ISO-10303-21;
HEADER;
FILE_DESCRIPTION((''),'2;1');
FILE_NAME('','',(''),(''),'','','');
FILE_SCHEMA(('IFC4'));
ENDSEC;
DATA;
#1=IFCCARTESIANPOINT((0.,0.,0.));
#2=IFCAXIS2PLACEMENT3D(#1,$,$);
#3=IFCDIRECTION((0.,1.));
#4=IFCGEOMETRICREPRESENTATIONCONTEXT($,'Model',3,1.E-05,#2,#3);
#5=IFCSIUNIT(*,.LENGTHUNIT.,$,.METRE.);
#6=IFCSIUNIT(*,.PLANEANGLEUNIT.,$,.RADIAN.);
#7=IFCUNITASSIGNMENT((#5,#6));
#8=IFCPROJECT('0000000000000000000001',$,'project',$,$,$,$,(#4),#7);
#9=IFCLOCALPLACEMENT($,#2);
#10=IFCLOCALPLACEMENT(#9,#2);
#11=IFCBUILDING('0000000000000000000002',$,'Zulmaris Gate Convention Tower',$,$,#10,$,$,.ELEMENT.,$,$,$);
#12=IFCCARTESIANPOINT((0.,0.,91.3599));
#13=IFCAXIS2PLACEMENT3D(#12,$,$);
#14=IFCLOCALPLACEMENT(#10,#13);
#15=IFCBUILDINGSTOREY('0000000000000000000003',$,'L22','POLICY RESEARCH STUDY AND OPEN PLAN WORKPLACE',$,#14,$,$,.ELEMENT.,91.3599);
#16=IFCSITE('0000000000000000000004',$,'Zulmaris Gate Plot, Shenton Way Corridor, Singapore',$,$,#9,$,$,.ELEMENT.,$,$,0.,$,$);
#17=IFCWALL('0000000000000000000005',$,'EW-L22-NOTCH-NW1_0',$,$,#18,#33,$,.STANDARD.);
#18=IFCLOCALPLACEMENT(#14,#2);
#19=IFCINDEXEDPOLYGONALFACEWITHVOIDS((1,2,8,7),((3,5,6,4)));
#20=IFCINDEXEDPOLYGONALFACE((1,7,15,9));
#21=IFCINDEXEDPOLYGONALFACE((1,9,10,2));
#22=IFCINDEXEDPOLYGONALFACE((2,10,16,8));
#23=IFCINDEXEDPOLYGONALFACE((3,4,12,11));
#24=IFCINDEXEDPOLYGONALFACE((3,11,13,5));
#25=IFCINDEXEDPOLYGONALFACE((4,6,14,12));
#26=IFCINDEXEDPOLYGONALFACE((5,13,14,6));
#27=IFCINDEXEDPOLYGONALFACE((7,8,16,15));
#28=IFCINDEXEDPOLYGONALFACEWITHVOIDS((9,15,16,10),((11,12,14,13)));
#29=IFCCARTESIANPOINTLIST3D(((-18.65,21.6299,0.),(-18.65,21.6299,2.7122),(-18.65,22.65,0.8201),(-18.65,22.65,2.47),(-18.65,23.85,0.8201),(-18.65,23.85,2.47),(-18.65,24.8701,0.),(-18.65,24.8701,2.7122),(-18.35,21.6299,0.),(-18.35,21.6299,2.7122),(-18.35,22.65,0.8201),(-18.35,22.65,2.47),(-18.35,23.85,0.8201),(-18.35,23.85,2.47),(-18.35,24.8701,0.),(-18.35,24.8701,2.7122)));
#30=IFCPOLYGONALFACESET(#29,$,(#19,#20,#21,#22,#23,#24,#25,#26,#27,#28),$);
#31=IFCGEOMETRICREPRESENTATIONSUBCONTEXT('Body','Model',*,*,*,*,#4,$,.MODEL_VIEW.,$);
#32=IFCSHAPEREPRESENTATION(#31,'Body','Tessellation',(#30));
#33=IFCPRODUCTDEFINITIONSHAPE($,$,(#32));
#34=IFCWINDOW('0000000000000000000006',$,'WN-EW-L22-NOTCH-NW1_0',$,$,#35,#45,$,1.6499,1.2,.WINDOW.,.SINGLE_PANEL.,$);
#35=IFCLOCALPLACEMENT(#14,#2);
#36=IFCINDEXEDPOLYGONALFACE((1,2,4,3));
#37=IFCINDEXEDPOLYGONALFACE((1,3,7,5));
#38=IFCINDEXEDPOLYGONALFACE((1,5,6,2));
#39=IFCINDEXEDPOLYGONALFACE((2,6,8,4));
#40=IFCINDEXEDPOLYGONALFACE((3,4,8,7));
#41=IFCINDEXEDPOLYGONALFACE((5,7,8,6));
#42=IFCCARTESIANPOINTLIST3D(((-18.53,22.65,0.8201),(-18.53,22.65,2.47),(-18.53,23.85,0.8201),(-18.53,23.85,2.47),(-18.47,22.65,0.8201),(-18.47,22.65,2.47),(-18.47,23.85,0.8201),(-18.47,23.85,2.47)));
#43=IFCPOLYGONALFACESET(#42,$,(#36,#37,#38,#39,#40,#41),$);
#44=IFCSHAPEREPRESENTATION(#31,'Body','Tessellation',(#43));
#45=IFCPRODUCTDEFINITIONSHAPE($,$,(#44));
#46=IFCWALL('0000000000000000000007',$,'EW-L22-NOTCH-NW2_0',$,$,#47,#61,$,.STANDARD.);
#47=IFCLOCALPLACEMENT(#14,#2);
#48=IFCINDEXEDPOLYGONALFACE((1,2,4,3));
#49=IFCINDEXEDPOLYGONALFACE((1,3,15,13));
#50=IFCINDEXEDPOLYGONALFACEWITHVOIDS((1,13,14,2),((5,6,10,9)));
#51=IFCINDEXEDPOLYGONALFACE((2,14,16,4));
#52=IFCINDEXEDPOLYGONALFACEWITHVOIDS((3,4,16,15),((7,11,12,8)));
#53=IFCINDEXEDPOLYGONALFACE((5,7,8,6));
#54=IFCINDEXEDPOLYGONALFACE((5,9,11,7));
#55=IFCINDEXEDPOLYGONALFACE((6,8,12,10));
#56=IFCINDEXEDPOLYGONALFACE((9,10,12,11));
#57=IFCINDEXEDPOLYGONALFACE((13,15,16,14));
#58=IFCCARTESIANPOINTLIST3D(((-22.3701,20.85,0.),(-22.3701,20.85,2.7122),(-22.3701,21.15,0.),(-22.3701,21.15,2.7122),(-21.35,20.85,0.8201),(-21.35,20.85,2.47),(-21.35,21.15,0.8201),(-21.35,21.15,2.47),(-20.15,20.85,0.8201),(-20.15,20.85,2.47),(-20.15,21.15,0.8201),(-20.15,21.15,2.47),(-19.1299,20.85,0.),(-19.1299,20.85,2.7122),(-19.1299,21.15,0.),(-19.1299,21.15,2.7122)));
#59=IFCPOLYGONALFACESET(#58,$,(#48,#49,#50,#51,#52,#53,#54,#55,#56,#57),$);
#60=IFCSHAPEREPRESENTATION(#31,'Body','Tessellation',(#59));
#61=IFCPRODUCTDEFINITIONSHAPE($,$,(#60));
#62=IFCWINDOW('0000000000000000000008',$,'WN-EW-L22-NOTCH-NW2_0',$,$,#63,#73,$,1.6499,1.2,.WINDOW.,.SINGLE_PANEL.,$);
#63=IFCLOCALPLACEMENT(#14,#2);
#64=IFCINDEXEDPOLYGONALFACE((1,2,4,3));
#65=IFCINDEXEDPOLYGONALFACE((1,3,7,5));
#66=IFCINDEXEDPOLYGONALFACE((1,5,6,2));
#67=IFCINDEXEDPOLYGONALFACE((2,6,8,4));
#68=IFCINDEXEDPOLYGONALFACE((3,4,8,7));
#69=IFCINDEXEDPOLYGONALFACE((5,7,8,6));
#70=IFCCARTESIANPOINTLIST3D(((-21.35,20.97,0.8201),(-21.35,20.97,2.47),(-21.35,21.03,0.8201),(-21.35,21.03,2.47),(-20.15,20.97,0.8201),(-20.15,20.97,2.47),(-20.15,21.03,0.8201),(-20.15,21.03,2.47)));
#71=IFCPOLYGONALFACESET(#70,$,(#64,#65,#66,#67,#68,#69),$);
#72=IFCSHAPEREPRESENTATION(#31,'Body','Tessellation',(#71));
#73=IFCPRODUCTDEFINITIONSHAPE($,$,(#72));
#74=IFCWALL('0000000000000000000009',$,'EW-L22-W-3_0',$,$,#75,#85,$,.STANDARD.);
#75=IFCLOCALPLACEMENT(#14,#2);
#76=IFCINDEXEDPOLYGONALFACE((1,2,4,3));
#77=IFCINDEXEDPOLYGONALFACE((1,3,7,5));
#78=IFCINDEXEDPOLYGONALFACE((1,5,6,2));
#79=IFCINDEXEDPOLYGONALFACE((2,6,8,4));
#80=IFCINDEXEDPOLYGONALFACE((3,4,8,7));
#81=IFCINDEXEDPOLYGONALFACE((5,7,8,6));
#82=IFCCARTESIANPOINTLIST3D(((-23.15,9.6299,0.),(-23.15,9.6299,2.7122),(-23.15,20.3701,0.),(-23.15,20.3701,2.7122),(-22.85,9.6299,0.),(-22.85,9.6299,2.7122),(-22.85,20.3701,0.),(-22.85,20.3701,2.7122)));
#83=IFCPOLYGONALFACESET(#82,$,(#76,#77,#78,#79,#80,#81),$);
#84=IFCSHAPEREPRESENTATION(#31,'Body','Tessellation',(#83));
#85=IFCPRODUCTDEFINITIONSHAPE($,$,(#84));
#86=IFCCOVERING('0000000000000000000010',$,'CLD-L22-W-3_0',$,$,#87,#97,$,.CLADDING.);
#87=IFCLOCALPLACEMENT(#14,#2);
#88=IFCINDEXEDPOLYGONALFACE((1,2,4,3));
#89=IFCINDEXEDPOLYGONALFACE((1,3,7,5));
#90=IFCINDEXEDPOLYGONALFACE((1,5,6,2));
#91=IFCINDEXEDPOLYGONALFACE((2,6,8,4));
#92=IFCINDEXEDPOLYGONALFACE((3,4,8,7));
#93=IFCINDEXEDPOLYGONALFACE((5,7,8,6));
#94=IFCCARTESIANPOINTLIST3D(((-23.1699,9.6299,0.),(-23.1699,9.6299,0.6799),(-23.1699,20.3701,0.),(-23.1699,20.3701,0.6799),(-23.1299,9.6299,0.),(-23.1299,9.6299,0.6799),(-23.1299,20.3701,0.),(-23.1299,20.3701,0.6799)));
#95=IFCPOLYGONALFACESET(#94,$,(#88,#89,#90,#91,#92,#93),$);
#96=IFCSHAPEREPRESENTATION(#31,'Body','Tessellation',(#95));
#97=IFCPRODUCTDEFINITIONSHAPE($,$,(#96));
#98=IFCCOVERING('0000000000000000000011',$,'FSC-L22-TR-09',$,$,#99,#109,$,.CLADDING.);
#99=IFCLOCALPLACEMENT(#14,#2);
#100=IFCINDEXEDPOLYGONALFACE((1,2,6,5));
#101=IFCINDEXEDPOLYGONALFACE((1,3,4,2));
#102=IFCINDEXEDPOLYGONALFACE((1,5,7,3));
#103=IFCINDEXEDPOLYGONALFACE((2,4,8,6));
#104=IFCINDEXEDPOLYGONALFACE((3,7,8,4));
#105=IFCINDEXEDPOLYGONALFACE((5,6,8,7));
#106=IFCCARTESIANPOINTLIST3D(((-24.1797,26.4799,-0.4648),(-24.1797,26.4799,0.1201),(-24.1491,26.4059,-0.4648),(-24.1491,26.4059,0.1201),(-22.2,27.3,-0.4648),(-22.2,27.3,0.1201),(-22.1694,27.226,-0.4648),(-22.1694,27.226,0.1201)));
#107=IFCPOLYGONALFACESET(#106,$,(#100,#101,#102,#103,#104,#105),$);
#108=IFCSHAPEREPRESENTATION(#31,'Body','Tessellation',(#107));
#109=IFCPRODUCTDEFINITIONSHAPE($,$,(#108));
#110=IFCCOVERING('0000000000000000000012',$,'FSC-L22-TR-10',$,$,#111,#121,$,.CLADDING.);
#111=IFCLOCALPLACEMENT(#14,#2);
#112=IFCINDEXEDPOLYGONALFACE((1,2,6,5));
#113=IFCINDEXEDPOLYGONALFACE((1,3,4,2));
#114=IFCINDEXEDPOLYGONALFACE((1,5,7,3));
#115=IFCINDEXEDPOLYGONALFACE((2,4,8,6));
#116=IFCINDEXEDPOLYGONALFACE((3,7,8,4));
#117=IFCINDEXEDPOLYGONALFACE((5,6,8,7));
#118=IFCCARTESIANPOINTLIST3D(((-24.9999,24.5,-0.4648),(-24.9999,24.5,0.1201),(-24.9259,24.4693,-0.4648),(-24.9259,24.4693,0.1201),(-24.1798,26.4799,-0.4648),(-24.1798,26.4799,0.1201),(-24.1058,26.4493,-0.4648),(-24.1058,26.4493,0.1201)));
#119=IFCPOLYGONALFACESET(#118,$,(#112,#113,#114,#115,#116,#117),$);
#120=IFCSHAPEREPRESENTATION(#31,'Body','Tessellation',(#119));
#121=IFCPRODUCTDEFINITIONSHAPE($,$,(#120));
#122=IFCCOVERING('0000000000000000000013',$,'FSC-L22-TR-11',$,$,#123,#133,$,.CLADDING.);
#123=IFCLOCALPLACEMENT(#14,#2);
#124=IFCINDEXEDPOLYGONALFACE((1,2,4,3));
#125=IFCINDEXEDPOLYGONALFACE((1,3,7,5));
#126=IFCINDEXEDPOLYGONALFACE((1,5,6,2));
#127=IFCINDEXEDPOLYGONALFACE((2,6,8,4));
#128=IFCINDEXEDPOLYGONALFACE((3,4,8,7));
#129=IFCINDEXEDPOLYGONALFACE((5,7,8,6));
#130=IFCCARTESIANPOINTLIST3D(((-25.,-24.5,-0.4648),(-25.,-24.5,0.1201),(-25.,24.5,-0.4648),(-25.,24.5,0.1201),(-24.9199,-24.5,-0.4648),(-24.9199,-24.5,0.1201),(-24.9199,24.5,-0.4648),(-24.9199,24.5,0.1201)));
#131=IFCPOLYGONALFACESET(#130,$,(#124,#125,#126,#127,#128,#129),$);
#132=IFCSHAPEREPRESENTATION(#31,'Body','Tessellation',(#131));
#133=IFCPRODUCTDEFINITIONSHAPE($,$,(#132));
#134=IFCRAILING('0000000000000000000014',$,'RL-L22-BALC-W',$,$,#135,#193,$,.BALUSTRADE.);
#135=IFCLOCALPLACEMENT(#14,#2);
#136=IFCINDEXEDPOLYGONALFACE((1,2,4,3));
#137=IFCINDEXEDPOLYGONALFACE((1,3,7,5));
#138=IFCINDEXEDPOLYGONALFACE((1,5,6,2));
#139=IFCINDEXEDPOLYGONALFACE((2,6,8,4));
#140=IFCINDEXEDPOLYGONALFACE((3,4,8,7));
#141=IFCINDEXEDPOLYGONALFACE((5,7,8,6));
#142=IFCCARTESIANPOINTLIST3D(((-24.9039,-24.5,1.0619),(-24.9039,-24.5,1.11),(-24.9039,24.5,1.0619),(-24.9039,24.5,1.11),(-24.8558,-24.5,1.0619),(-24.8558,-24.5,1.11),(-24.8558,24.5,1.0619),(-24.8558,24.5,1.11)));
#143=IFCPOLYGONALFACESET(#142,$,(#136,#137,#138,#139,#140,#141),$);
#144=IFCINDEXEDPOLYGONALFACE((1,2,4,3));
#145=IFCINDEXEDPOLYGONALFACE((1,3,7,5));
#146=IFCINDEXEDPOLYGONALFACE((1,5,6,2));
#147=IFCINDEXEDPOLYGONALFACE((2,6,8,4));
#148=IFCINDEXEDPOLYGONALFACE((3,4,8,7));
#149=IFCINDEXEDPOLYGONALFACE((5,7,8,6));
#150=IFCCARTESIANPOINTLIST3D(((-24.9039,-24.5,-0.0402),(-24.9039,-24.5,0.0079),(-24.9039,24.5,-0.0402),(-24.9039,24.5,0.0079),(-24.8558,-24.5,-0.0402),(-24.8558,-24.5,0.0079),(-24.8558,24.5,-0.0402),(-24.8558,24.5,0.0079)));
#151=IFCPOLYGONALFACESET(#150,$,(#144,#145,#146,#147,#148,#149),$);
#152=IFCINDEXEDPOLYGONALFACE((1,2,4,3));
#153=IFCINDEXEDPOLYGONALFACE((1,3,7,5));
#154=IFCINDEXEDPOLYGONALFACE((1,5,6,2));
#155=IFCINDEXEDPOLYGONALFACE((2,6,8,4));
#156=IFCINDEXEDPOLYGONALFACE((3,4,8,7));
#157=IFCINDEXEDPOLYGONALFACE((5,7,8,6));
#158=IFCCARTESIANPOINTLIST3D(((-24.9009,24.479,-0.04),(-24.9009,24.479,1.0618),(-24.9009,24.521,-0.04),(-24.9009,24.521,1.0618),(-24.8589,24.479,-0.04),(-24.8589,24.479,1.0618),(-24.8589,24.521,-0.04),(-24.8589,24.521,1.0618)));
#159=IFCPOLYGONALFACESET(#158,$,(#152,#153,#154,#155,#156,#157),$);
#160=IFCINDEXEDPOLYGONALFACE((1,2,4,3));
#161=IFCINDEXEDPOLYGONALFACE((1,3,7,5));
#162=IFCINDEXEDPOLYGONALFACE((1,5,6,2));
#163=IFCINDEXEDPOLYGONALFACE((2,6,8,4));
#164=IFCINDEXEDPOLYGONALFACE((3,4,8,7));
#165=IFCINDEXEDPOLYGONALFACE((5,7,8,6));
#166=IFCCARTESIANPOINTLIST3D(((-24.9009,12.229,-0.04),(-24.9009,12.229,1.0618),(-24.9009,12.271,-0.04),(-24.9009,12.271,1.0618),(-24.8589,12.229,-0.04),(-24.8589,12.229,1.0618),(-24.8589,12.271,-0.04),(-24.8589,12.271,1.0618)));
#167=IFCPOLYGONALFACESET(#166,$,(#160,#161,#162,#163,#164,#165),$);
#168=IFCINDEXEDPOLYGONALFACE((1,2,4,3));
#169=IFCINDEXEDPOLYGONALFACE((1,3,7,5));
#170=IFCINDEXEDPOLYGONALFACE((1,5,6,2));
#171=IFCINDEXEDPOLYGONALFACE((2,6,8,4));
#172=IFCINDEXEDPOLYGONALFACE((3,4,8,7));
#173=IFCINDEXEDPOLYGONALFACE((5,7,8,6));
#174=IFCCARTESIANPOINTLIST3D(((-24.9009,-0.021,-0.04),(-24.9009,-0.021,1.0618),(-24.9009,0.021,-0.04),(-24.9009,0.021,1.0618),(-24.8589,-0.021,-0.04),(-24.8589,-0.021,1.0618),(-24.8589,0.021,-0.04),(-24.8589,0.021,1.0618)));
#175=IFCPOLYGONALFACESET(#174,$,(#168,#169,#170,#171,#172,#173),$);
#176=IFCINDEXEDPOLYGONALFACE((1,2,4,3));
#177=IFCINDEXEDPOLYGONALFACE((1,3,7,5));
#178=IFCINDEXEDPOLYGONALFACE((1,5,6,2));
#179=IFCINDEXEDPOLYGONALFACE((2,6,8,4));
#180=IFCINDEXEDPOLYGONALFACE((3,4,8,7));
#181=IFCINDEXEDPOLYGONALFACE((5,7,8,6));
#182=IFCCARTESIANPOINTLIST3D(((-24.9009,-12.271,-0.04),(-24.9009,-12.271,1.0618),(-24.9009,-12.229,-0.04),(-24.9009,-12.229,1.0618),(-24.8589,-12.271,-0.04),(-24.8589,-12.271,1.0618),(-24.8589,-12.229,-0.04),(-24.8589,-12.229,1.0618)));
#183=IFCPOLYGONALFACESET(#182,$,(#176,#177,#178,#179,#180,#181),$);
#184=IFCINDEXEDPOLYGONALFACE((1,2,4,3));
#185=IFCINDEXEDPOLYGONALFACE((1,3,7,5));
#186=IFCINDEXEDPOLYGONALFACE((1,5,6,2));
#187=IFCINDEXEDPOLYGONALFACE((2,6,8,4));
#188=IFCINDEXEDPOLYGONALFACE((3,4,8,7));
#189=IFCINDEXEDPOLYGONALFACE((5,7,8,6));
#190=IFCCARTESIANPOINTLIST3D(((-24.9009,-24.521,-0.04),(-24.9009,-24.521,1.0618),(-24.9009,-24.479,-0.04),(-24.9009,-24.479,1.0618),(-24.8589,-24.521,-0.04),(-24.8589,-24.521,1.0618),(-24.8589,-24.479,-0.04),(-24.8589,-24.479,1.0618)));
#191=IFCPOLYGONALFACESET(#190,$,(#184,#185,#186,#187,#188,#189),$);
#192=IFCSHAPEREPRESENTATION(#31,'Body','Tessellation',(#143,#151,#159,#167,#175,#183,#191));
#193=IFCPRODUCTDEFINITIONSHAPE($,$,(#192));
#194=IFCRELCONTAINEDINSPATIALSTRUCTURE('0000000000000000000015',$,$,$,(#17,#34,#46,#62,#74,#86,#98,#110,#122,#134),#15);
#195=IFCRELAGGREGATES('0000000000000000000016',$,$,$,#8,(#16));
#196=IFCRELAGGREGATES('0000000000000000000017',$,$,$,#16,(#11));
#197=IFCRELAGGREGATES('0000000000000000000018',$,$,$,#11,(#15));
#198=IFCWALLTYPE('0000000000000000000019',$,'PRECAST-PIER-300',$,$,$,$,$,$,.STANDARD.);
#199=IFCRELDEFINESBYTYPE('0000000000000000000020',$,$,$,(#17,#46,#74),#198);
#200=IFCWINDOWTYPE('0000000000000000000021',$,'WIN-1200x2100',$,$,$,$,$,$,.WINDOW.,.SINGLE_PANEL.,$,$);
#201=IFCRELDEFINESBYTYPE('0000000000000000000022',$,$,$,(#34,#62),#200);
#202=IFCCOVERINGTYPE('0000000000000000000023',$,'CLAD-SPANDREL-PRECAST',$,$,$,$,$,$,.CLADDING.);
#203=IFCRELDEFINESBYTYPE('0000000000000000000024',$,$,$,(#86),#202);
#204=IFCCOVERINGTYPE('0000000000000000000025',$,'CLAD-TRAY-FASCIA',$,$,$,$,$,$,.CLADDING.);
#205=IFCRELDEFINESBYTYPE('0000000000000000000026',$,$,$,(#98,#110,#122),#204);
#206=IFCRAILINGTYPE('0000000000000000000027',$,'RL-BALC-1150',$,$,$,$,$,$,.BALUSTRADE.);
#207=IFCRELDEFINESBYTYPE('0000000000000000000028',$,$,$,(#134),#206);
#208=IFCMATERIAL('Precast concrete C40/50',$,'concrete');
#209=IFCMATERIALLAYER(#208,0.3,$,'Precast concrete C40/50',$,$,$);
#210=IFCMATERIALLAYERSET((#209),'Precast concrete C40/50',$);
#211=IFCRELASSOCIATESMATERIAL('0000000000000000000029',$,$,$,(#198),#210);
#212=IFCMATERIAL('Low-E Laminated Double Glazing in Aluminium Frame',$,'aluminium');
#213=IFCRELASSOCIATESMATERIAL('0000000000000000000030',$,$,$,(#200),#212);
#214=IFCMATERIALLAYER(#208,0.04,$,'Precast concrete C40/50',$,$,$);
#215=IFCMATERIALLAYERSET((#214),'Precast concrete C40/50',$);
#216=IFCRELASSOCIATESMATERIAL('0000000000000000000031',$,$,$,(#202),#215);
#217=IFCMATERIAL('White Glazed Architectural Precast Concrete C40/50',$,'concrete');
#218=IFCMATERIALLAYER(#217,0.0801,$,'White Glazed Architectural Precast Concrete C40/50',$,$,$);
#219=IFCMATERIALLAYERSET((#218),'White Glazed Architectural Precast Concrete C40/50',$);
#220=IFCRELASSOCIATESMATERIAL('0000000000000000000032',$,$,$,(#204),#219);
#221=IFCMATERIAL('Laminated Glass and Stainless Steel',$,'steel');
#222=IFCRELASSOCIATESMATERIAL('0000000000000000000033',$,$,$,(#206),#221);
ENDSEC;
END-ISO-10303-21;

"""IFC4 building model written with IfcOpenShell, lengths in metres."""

from ifc_helpers import new_model, si_unit, direction, frame, frame_2d, origin, origin_2d, place, context, subcontext, project, spatial, rectangle, extrude, material, layer, layer_set, type_object, element, fill, save


model = new_model("IFC4")

# Units and contexts
model_context = context("Model", 3, precision=1e-05, world=origin(), true_north=direction((0.0, 1.0)))
body_context = subcontext(model_context, "Body", "Model", "MODEL_VIEW")
ifc_project = project(units=[si_unit("LENGTHUNIT", "METRE"), si_unit("PLANEANGLEUNIT", "RADIAN")], contexts=[model_context])

# Site, building, storey
site_placement = place(None, origin())
site = spatial("IfcSite", under=ifc_project, at=site_placement, Name="Zulmaris Gate Plot, Shenton Way Corridor, Singapore", CompositionType="ELEMENT", RefElevation=0.0)
building_placement = place(site_placement, origin())
building = spatial("IfcBuilding", under=site, at=building_placement, Name="Zulmaris Gate Convention Tower", CompositionType="ELEMENT")
storey_placement = place(building_placement, frame((0.0, 0.0, 91.3599)))
storey = spatial("IfcBuildingStorey", under=building, at=storey_placement, Name="L22", Description="POLICY RESEARCH STUDY AND OPEN PLAN WORKPLACE", CompositionType="ELEMENT", Elevation=91.3599)

# Walls, openings, windows
ifc_material_1 = material(Name="Precast concrete C40/50", Category="concrete")
ifc_layer_1 = layer(ifc_material_1, 0.3, Name="Precast concrete C40/50")
ifc_layer_set_1 = layer_set([ifc_layer_1], Name="Precast concrete C40/50")
wall_type_1 = type_object("IfcWallType", Name="PRECAST-PIER-300", PredefinedType="STANDARD", material=ifc_layer_set_1)
wall_1_placement = place(storey_placement, frame((-18.5, 24.8701, 0.0), z_axis=(0.0, 0.0, 1.0), x_axis=(0.0, -1.0, 0.0)))
wall_1 = element("IfcWall", 1, at=wall_1_placement, inside=storey, type_object=wall_type_1, Name="EW-L22-NOTCH-NW1_0", PredefinedType="STANDARD", context=body_context, shape_type="SweptSolid", body=[
    extrude(rectangle(XDim=3.2402, YDim=0.3, at=frame_2d((1.6201, 0.0))), origin(), (0.0, 0.0, 1.0), 2.7122),
])
opening_1_placement = place(wall_1_placement, frame((1.02, 0.0, 0.8201)))
opening_1 = element("IfcOpeningElement", 2, at=opening_1_placement, cuts=wall_1, PredefinedType="OPENING", context=body_context, shape_type="SweptSolid", body=[
    extrude(rectangle(XDim=1.2, YDim=1.6499, at=frame_2d((0.6001, 0.825))), frame((0.0, 0.1602, 0.0), z_axis=(0.0, -1.0, 0.0), x_axis=(1.0, 0.0, 0.0)), (0.0, 0.0, 1.0), 0.3201),
])
ifc_material_2 = material(Name="Low-E Laminated Double Glazing in Aluminium Frame", Category="aluminium")
window_type = type_object("IfcWindowType", Name="WIN-1200x2100", PartitioningType="SINGLE_PANEL", PredefinedType="WINDOW", material=ifc_material_2)
window_1_placement = place(opening_1_placement, origin())
window_1 = element("IfcWindow", 3, at=window_1_placement, inside=storey, type_object=window_type, Name="WN-EW-L22-NOTCH-NW1_0", OverallHeight=1.6499, OverallWidth=1.2, PartitioningType="SINGLE_PANEL", PredefinedType="WINDOW", context=body_context, shape_type="SweptSolid", body=[
    extrude(rectangle(XDim=1.2, YDim=1.6499, at=frame_2d((0.6001, 0.825))), frame((0.0, 0.03, 0.0), z_axis=(0.0, -1.0, 0.0), x_axis=(1.0, 0.0, 0.0)), (0.0, 0.0, 1.0), 0.0601),
])
fill(opening_1, window_1)
wall_2_placement = place(storey_placement, frame((-19.1299, 21.0, 0.0), z_axis=(0.0, 0.0, 1.0), x_axis=(-1.0, 0.0, 0.0)))
wall_2 = element("IfcWall", 4, at=wall_2_placement, inside=storey, type_object=wall_type_1, Name="EW-L22-NOTCH-NW2_0", PredefinedType="STANDARD", context=body_context, shape_type="SweptSolid", body=[
    extrude(rectangle(XDim=3.2402, YDim=0.3, at=frame_2d((1.6201, 0.0))), origin(), (0.0, 0.0, 1.0), 2.7122),
])
opening_2_placement = place(wall_2_placement, frame((1.02, 0.0, 0.8201)))
opening_2 = element("IfcOpeningElement", 5, at=opening_2_placement, cuts=wall_2, PredefinedType="OPENING", context=body_context, shape_type="SweptSolid", body=[
    extrude(rectangle(XDim=1.2, YDim=1.6499, at=frame_2d((0.6001, 0.825))), frame((0.0, 0.1602, 0.0), z_axis=(0.0, -1.0, 0.0), x_axis=(1.0, 0.0, 0.0)), (0.0, 0.0, 1.0), 0.3201),
])
window_2_placement = place(opening_2_placement, origin())
window_2 = element("IfcWindow", 6, at=window_2_placement, inside=storey, type_object=window_type, Name="WN-EW-L22-NOTCH-NW2_0", OverallHeight=1.6499, OverallWidth=1.2, PartitioningType="SINGLE_PANEL", PredefinedType="WINDOW", context=body_context, shape_type="SweptSolid", body=[
    extrude(rectangle(XDim=1.2, YDim=1.6499, at=frame_2d((0.6001, 0.825))), frame((0.0, 0.03, 0.0), z_axis=(0.0, -1.0, 0.0), x_axis=(1.0, 0.0, 0.0)), (0.0, 0.0, 1.0), 0.0601),
])
fill(opening_2, window_2)

# Wall
wall_3_placement = place(storey_placement, frame((-23.0, 20.3701, 0.0), z_axis=(0.0, 0.0, 1.0), x_axis=(0.0, -1.0, 0.0)))
element("IfcWall", 7, at=wall_3_placement, inside=storey, type_object=wall_type_1, Name="EW-L22-W-3_0", PredefinedType="STANDARD", context=body_context, shape_type="SweptSolid", body=[
    extrude(rectangle(XDim=10.7402, YDim=0.3, at=frame_2d((5.3701, 0.0))), origin(), (0.0, 0.0, 1.0), 2.7122),
])

# Coverings
ifc_layer_2 = layer(ifc_material_1, 0.04, Name="Precast concrete C40/50")
ifc_layer_set_2 = layer_set([ifc_layer_2], Name="Precast concrete C40/50")
covering_type_1 = type_object("IfcCoveringType", Name="CLAD-SPANDREL-PRECAST", PredefinedType="CLADDING", material=ifc_layer_set_2)
covering_1_placement = place(storey_placement, frame((-23.1499, 20.3701, 0.0), z_axis=(0.0, 0.0, 1.0), x_axis=(0.0, -1.0, 0.0)))
element("IfcCovering", 8, at=covering_1_placement, inside=storey, type_object=covering_type_1, Name="CLD-L22-W-3_0", PredefinedType="CLADDING", context=body_context, shape_type="SweptSolid", body=[
    extrude(rectangle(XDim=10.7402, YDim=0.04, at=frame_2d((5.3701, 0.0))), origin(), (0.0, 0.0, 1.0), 0.6799),
])
ifc_material_3 = material(Name="White Glazed Architectural Precast Concrete C40/50", Category="concrete")
ifc_layer_3 = layer(ifc_material_3, 0.0801, Name="White Glazed Architectural Precast Concrete C40/50")
ifc_layer_set_3 = layer_set([ifc_layer_3], Name="White Glazed Architectural Precast Concrete C40/50")
covering_type_2 = type_object("IfcCoveringType", Name="CLAD-TRAY-FASCIA", PredefinedType="CLADDING", material=ifc_layer_set_3)
covering_2_placement = place(storey_placement, frame((-22.1848, 27.2629, -0.4648), z_axis=(0.0, 0.0, 1.0), x_axis=(-0.923874, -0.382697, 0.0)))
element("IfcCovering", 9, at=covering_2_placement, inside=storey, type_object=covering_type_2, Name="FSC-L22-TR-09", PredefinedType="CLADDING", context=body_context, shape_type="SweptSolid", body=[
    extrude(rectangle(XDim=2.1428, YDim=0.0801, at=frame_2d((1.0713, 0.0))), origin(), (0.0, 0.0, 1.0), 0.585),
])
covering_3_placement = place(storey_placement, frame((-24.1428, 26.4646, -0.4648), z_axis=(0.0, 0.0, 1.0), x_axis=(-0.382657, -0.92389, 0.0)))
element("IfcCovering", 10, at=covering_3_placement, inside=storey, type_object=covering_type_2, Name="FSC-L22-TR-10", PredefinedType="CLADDING", context=body_context, shape_type="SweptSolid", body=[
    extrude(rectangle(XDim=2.1431, YDim=0.0801, at=frame_2d((1.0715, 0.0))), origin(), (0.0, 0.0, 1.0), 0.585),
])
covering_4_placement = place(storey_placement, frame((-24.96, 24.5, -0.4648), z_axis=(0.0, 0.0, 1.0), x_axis=(0.0, -1.0, 0.0)))
element("IfcCovering", 11, at=covering_4_placement, inside=storey, type_object=covering_type_2, Name="FSC-L22-TR-11", PredefinedType="CLADDING", context=body_context, shape_type="SweptSolid", body=[
    extrude(rectangle(XDim=49.0, YDim=0.0801, at=frame_2d((24.5, 0.0))), origin(), (0.0, 0.0, 1.0), 0.585),
])

# Railing
ifc_material_4 = material(Name="Laminated Glass and Stainless Steel", Category="steel")
railing_type = type_object("IfcRailingType", Name="RL-BALC-1150", PredefinedType="BALUSTRADE", material=ifc_material_4)
railing_placement = place(storey_placement, frame((-24.8799, 24.5, -0.04)))
element("IfcRailing", 12, at=railing_placement, inside=storey, type_object=railing_type, Name="RL-L22-BALC-W", PredefinedType="BALUSTRADE", context=body_context, shape_type="SweptSolid", body=[
    extrude(rectangle(XDim=0.0481, YDim=0.0481, at=origin_2d()), frame((0.0, 0.0, 1.126), z_axis=(0.0, -1.0, 0.0), x_axis=(1.0, 0.0, 0.0)), (0.0, 0.0, 1.0), 49.0),
    extrude(rectangle(XDim=0.0481, YDim=0.0481, at=origin_2d()), frame((0.0, 0.0, 0.0239), z_axis=(0.0, -1.0, 0.0), x_axis=(1.0, 0.0, 0.0)), (0.0, 0.0, 1.0), 49.0),
    extrude(rectangle(XDim=0.042, YDim=0.042, at=origin_2d()), origin(), (0.0, 0.0, 1.0), 1.1018),
    extrude(rectangle(XDim=0.042, YDim=0.042, at=origin_2d()), frame((0.0, -12.25, 0.0)), (0.0, 0.0, 1.0), 1.1018),
    extrude(rectangle(XDim=0.042, YDim=0.042, at=origin_2d()), frame((0.0, -24.5, 0.0)), (0.0, 0.0, 1.0), 1.1018),
    extrude(rectangle(XDim=0.042, YDim=0.042, at=origin_2d()), frame((0.0, -36.75, 0.0)), (0.0, 0.0, 1.0), 1.1018),
    extrude(rectangle(XDim=0.042, YDim=0.042, at=origin_2d()), frame((0.0, -49.0, 0.0)), (0.0, 0.0, 1.0), 1.1018),
])

save(model, "model.ifc")
